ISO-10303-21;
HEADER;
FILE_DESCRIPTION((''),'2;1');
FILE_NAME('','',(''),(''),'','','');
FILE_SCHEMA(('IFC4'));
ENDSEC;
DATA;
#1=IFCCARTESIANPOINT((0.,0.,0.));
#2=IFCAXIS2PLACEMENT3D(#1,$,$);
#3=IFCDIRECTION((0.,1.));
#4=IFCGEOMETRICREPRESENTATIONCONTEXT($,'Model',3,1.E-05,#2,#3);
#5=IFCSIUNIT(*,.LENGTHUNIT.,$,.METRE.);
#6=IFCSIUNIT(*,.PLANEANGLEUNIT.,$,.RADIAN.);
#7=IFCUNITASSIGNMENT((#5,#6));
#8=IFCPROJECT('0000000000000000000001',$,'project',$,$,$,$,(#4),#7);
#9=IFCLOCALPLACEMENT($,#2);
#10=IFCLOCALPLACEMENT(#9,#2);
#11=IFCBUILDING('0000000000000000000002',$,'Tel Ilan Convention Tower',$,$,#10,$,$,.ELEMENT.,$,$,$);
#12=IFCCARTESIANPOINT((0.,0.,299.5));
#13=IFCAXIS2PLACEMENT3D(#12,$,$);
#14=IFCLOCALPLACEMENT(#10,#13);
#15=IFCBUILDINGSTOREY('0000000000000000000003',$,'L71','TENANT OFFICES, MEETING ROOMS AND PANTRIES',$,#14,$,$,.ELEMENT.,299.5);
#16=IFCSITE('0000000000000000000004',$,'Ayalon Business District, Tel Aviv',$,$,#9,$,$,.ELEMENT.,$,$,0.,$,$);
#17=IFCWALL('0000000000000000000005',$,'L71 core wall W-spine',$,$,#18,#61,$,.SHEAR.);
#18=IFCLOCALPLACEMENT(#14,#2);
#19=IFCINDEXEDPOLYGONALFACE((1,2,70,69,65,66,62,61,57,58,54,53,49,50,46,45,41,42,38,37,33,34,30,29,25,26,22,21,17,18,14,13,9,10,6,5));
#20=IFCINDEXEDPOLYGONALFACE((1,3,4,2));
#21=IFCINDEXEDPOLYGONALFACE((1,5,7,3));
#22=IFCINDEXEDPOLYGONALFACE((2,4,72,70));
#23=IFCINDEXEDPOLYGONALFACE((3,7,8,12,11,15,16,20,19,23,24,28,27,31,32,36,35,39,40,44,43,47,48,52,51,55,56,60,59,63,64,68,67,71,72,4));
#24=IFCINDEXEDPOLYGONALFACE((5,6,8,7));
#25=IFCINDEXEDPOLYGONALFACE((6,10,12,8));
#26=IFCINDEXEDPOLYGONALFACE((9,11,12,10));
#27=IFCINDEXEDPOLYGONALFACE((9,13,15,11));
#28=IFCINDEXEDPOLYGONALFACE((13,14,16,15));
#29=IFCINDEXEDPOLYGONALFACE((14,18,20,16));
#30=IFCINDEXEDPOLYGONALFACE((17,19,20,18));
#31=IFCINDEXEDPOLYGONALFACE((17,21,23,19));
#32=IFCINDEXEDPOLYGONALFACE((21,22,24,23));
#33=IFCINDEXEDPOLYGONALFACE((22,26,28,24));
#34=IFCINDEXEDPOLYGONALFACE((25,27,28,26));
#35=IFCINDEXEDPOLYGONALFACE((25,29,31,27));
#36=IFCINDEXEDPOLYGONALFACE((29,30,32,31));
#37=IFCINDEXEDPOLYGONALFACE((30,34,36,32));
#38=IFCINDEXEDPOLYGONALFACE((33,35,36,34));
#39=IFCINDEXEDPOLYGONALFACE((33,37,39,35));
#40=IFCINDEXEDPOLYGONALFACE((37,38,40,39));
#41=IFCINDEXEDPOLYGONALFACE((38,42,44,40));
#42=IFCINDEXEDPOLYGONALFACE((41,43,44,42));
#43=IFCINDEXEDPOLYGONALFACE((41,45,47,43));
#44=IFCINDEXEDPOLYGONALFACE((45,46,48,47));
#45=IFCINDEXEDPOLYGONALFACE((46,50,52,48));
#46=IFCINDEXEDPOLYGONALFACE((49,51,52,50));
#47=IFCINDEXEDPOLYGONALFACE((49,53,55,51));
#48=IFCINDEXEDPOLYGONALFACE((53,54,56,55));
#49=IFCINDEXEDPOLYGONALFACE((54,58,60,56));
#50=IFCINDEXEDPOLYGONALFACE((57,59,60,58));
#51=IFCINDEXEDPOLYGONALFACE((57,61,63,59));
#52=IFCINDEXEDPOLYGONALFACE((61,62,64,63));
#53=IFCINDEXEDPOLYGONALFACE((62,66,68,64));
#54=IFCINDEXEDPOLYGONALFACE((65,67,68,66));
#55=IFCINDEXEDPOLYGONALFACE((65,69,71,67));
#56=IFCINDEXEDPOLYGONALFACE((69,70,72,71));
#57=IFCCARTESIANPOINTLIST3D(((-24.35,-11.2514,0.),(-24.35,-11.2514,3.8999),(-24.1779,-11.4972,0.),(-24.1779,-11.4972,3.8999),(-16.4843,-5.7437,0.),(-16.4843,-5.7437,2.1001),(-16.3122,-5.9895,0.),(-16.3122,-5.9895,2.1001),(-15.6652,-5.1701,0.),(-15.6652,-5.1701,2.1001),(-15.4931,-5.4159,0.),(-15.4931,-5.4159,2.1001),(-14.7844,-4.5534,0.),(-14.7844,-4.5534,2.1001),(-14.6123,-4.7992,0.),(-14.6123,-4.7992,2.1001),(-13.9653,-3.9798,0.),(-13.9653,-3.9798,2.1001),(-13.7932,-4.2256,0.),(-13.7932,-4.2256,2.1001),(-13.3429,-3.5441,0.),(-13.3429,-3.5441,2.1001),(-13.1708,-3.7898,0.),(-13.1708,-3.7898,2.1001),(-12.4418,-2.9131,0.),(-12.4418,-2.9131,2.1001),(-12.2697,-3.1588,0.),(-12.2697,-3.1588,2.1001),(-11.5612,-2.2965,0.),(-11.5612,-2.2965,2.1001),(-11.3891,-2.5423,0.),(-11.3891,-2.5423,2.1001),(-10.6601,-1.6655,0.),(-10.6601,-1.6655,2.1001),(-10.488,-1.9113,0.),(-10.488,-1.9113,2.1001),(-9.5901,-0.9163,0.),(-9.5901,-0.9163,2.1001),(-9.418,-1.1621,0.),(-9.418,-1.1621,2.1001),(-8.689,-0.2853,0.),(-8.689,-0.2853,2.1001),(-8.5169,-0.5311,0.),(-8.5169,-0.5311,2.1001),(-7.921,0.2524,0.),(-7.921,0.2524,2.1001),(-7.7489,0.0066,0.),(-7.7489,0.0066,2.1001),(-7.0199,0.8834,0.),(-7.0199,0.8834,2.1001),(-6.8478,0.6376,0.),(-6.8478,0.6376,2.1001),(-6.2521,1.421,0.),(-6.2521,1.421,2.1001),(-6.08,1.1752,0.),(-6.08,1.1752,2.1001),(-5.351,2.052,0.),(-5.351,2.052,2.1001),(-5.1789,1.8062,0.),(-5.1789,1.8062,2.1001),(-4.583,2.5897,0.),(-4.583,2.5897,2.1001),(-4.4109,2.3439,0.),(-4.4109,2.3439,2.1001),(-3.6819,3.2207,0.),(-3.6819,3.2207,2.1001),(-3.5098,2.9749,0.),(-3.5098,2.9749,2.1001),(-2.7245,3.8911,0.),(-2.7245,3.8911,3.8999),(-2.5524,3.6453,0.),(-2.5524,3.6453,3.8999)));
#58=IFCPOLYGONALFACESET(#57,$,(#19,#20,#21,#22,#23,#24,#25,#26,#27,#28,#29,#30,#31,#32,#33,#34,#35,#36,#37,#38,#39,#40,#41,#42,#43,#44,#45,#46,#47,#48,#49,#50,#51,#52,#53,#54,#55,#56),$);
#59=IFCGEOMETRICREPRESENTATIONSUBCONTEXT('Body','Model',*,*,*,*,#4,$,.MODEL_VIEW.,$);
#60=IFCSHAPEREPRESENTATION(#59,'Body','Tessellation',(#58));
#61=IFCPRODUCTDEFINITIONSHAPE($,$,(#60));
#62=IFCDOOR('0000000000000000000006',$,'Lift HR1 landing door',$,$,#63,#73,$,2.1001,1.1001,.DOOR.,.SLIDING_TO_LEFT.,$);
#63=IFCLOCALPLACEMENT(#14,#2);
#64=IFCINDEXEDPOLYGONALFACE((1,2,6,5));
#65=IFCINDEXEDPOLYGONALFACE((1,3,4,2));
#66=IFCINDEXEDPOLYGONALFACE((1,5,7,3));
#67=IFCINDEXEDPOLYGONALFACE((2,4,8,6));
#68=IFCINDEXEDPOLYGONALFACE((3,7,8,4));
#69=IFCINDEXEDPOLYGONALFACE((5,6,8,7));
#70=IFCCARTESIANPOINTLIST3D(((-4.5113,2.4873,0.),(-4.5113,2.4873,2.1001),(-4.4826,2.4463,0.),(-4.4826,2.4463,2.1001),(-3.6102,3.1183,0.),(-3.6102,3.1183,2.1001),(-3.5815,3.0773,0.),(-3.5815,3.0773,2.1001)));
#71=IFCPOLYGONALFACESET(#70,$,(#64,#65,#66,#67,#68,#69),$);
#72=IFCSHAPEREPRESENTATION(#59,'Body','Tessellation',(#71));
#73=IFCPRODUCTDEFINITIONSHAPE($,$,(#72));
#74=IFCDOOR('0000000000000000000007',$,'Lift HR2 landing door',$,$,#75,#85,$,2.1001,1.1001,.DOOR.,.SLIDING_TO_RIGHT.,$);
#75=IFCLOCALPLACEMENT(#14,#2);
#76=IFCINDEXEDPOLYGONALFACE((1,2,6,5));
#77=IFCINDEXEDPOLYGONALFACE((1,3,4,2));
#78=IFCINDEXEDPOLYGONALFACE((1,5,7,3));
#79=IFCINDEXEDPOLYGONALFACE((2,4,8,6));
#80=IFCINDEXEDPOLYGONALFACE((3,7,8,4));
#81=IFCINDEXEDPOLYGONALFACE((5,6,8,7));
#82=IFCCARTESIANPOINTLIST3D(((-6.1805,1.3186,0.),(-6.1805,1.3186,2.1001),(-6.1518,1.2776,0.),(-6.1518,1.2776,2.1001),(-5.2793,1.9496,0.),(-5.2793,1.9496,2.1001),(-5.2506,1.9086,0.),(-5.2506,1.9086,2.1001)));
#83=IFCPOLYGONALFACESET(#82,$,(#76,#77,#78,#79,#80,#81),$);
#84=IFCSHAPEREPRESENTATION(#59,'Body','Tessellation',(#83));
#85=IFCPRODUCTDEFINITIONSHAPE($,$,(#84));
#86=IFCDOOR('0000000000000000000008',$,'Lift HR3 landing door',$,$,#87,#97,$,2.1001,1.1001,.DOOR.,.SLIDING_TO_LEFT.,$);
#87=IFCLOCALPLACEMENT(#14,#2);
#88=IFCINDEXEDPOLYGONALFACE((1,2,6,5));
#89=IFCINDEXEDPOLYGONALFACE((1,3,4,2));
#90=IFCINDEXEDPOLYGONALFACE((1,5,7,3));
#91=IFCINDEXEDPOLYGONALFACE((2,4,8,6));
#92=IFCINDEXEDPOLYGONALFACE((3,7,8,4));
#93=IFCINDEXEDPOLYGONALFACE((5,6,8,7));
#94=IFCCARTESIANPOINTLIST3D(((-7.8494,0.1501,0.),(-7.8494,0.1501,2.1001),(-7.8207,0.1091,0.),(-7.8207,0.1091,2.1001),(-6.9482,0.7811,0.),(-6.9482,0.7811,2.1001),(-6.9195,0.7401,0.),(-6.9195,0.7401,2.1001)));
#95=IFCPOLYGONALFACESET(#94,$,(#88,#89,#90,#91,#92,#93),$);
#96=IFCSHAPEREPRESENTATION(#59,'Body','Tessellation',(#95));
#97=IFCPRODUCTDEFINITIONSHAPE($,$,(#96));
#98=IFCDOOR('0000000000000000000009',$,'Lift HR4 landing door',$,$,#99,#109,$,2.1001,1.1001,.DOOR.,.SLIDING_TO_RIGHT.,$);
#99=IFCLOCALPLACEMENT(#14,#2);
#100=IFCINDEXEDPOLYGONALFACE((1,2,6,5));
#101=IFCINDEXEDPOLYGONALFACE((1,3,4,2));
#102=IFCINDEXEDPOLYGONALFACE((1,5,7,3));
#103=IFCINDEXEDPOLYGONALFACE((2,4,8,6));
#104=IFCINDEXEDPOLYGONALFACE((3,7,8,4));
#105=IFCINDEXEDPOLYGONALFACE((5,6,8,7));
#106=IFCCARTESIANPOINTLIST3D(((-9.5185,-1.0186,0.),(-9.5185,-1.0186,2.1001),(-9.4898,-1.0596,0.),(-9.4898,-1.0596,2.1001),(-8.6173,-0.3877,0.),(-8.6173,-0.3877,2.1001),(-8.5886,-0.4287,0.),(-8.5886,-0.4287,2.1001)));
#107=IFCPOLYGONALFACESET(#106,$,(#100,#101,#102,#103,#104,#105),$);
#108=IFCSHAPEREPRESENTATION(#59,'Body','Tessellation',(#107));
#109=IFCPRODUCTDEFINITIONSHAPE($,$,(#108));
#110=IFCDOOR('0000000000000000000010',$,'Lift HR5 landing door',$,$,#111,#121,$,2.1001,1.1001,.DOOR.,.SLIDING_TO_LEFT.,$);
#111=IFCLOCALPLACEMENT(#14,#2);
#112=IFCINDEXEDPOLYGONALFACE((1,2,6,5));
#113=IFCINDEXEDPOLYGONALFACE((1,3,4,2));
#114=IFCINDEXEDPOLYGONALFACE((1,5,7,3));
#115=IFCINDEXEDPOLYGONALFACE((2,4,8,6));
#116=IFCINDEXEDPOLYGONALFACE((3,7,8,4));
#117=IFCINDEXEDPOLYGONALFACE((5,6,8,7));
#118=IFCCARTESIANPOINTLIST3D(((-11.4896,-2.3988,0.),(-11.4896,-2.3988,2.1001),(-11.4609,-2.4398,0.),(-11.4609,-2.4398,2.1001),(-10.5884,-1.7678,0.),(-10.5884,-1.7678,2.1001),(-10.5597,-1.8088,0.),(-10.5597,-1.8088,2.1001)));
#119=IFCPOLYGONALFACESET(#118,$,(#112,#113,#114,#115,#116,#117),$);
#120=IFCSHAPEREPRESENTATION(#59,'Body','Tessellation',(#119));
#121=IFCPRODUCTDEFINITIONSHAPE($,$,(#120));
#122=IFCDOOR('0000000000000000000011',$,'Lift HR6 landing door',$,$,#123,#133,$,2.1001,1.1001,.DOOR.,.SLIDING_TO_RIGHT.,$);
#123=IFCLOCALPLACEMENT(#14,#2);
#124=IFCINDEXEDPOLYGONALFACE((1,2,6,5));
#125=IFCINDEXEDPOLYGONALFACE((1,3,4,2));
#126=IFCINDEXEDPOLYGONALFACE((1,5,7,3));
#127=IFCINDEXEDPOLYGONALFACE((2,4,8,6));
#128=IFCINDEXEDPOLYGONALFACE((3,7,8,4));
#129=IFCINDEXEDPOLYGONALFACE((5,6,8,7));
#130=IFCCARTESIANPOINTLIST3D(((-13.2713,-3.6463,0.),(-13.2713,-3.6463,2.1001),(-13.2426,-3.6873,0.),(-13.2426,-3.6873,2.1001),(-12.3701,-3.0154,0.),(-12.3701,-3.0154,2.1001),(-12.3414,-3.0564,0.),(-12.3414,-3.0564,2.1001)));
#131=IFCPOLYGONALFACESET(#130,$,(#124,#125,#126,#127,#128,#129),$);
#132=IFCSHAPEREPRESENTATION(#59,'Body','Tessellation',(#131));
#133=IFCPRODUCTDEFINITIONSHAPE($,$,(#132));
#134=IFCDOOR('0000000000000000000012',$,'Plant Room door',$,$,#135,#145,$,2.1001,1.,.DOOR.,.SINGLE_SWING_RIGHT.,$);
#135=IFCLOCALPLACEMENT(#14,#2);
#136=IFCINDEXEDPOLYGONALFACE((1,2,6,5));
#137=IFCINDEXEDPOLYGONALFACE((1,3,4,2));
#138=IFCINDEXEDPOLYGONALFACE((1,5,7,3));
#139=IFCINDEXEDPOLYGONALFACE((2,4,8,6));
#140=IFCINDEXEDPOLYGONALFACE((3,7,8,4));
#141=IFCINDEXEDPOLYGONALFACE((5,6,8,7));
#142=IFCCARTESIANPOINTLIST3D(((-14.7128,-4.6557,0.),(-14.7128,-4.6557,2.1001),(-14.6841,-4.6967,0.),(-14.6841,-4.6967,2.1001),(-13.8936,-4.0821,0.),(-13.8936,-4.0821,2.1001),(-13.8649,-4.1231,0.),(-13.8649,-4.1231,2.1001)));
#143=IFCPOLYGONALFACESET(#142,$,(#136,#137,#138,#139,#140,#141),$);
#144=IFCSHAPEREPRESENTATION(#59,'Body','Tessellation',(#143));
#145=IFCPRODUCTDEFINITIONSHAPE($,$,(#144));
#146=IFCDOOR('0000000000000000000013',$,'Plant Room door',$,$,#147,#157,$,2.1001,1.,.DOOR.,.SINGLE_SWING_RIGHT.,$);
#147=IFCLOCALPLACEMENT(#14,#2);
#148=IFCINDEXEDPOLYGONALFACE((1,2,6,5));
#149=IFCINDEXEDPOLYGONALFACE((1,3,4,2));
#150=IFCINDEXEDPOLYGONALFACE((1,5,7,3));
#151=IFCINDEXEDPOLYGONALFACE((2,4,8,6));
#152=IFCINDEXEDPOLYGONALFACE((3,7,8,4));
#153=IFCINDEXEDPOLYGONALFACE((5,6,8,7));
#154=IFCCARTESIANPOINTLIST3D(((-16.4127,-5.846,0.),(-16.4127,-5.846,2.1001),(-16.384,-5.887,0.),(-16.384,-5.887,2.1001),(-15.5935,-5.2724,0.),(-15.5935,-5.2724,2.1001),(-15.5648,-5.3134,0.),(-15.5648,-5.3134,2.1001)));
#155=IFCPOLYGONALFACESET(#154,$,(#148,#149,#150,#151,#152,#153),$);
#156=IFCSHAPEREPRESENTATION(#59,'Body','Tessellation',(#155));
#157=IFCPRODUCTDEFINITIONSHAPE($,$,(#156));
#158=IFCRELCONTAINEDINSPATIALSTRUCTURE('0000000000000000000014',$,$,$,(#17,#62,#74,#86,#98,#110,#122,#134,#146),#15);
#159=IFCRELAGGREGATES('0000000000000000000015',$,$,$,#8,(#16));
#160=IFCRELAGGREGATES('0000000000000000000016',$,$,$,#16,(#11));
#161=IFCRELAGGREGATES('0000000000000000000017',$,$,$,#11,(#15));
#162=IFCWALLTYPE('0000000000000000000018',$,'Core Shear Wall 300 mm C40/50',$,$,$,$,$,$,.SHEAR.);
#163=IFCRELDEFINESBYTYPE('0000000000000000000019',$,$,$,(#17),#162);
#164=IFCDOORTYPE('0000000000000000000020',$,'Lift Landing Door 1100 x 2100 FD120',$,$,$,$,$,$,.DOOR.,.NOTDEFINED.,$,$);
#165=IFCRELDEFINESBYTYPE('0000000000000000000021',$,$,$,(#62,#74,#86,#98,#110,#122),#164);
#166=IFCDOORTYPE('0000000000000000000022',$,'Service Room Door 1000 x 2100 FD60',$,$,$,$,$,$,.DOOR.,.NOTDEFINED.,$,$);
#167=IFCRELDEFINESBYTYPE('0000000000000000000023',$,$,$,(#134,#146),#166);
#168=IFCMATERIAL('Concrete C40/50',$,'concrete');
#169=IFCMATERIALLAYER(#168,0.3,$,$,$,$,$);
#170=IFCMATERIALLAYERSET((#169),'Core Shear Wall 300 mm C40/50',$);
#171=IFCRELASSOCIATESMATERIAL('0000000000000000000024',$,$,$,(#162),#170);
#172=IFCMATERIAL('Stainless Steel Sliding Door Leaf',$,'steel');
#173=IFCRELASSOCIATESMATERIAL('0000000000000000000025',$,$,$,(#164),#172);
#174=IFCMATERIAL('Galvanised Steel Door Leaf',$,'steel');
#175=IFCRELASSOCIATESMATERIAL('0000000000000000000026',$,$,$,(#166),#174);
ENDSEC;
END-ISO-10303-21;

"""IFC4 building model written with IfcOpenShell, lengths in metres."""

from ifc_helpers import new_model, si_unit, direction, frame, frame_2d, origin, place, context, subcontext, project, spatial, polyline, rectangle, outline, extrude, material, layer, layer_set, type_object, element, fill, save


model = new_model("IFC4")

# Units and contexts
model_context = context("Model", 3, precision=1e-05, world=origin(), true_north=direction((0.0, 1.0)))
body_context = subcontext(model_context, "Body", "Model", "MODEL_VIEW")
ifc_project = project(units=[si_unit("LENGTHUNIT", "METRE"), si_unit("PLANEANGLEUNIT", "RADIAN")], contexts=[model_context])

# Site, building, storey
site_placement = place(None, origin())
site = spatial("IfcSite", under=ifc_project, at=site_placement, Name="Ayalon Business District, Tel Aviv", CompositionType="ELEMENT", RefElevation=0.0)
building_placement = place(site_placement, origin())
building = spatial("IfcBuilding", under=site, at=building_placement, Name="Tel Ilan Convention Tower", CompositionType="ELEMENT")
storey_placement = place(building_placement, frame((0.0, 0.0, 299.5)))
storey = spatial("IfcBuildingStorey", under=building, at=storey_placement, Name="L71", Description="TENANT OFFICES, MEETING ROOMS AND PANTRIES", CompositionType="ELEMENT", Elevation=299.5)

# Wall, openings, doors
ifc_material_1 = material(Name="Concrete C40/50", Category="concrete")
ifc_layer_1 = layer(ifc_material_1, 0.3)
ifc_layer_set_1 = layer_set([ifc_layer_1], Name="Core Shear Wall 300 mm C40/50")
wall_type_1 = type_object("IfcWallType", Name="Core Shear Wall 300 mm C40/50", PredefinedType="SHEAR", material=ifc_layer_set_1)
wall_1_placement = place(storey_placement, frame((-2.6384, 3.7681, 0.0), z_axis=(0.0, 0.0, 1.0), x_axis=(-0.819155, -0.573572, 0.0)))
wall_1 = element("IfcWall", 1, at=wall_1_placement, inside=storey, type_object=wall_type_1, Name="L71 core wall W-spine", PredefinedType="SHEAR", context=body_context, shape_type="SweptSolid", body=[
    extrude(outline(polyline([(26.3999, 0.1501), (0.0, 0.1499), (0.0, -0.1501), (26.3999, -0.1499), (26.3999, 0.1501)])), origin(), (0.0, 0.0, 1.0), 3.8999),
])
opening_1_placement = place(wall_1_placement, frame((1.1687, 0.0, 0.0)))
opening_1 = element("IfcOpeningElement", 2, at=opening_1_placement, cuts=wall_1, PredefinedType="OPENING", context=body_context, shape_type="SweptSolid", body=[
    extrude(rectangle(XDim=1.1001, YDim=2.1001, at=frame_2d((0.55, 1.05))), frame((0.0, 0.1599, 0.0), z_axis=(0.0, -1.0, 0.0), x_axis=(1.0, 0.0, 0.0)), (0.0, 0.0, 1.0), 0.3201),
])
opening_2_placement = place(wall_1_placement, frame((3.2063, 0.0, 0.0)))
opening_2 = element("IfcOpeningElement", 3, at=opening_2_placement, cuts=wall_1, PredefinedType="OPENING", context=body_context, shape_type="SweptSolid", body=[
    extrude(rectangle(XDim=1.1001, YDim=2.1001, at=frame_2d((0.55, 1.05))), frame((0.0, 0.1599, 0.0), z_axis=(0.0, -1.0, 0.0), x_axis=(1.0, 0.0, 0.0)), (0.0, 0.0, 1.0), 0.3201),
])
opening_3_placement = place(wall_1_placement, frame((5.2437, 0.0, 0.0)))
opening_3 = element("IfcOpeningElement", 4, at=opening_3_placement, cuts=wall_1, PredefinedType="OPENING", context=body_context, shape_type="SweptSolid", body=[
    extrude(rectangle(XDim=1.1001, YDim=2.1001, at=frame_2d((0.55, 1.05))), frame((0.0, 0.1599, 0.0), z_axis=(0.0, -1.0, 0.0), x_axis=(1.0, 0.0, 0.0)), (0.0, 0.0, 1.0), 0.3201),
])
opening_4_placement = place(wall_1_placement, frame((7.2812, 0.0, 0.0)))
opening_4 = element("IfcOpeningElement", 5, at=opening_4_placement, cuts=wall_1, PredefinedType="OPENING", context=body_context, shape_type="SweptSolid", body=[
    extrude(rectangle(XDim=1.1001, YDim=2.1001, at=frame_2d((0.55, 1.05))), frame((0.0, 0.1599, 0.0), z_axis=(0.0, -1.0, 0.0), x_axis=(1.0, 0.0, 0.0)), (0.0, 0.0, 1.0), 0.3201),
])
opening_5_placement = place(wall_1_placement, frame((9.6875, 0.0, 0.0)))
opening_5 = element("IfcOpeningElement", 6, at=opening_5_placement, cuts=wall_1, PredefinedType="OPENING", context=body_context, shape_type="SweptSolid", body=[
    extrude(rectangle(XDim=1.1001, YDim=2.1001, at=frame_2d((0.55, 1.05))), frame((0.0, 0.1599, 0.0), z_axis=(0.0, -1.0, 0.0), x_axis=(1.0, 0.0, 0.0)), (0.0, 0.0, 1.0), 0.3201),
])
opening_6_placement = place(wall_1_placement, frame((11.8625, 0.0, 0.0)))
opening_6 = element("IfcOpeningElement", 7, at=opening_6_placement, cuts=wall_1, PredefinedType="OPENING", context=body_context, shape_type="SweptSolid", body=[
    extrude(rectangle(XDim=1.1001, YDim=2.1001, at=frame_2d((0.55, 1.05))), frame((0.0, 0.1599, 0.0), z_axis=(0.0, -1.0, 0.0), x_axis=(1.0, 0.0, 0.0)), (0.0, 0.0, 1.0), 0.3201),
])
opening_7_placement = place(wall_1_placement, frame((13.7224, 0.0, 0.0)))
opening_7 = element("IfcOpeningElement", 8, at=opening_7_placement, cuts=wall_1, PredefinedType="OPENING", context=body_context, shape_type="SweptSolid", body=[
    extrude(rectangle(XDim=1.0, YDim=2.1001, at=frame_2d((0.5, 1.05))), frame((0.0, 0.1599, 0.0), z_axis=(0.0, -1.0, 0.0), x_axis=(1.0, 0.0, 0.0)), (0.0, 0.0, 1.0), 0.3201),
])
opening_8_placement = place(wall_1_placement, frame((15.7976, 0.0, 0.0)))
opening_8 = element("IfcOpeningElement", 9, at=opening_8_placement, cuts=wall_1, PredefinedType="OPENING", context=body_context, shape_type="SweptSolid", body=[
    extrude(rectangle(XDim=1.0, YDim=2.1001, at=frame_2d((0.5, 1.05))), frame((0.0, 0.1599, 0.0), z_axis=(0.0, -1.0, 0.0), x_axis=(1.0, 0.0, 0.0)), (0.0, 0.0, 1.0), 0.3201),
])
ifc_material_2 = material(Name="Stainless Steel Sliding Door Leaf", Category="steel")
door_type_1 = type_object("IfcDoorType", Name="Lift Landing Door 1100 x 2100 FD120", OperationType="NOTDEFINED", PredefinedType="DOOR", material=ifc_material_2)
door_1_placement = place(opening_1_placement, origin())
door_1 = element("IfcDoor", 10, at=door_1_placement, inside=storey, type_object=door_type_1, Name="Lift HR1 landing door", OperationType="SLIDING_TO_LEFT", OverallHeight=2.1001, OverallWidth=1.1001, PredefinedType="DOOR", context=body_context, shape_type="SweptSolid", body=[
    extrude(rectangle(XDim=1.1001, YDim=2.1001, at=frame_2d((0.55, 1.05))), frame((0.0, 0.0249, 0.0), z_axis=(0.0, -1.0, 0.0), x_axis=(1.0, 0.0, 0.0)), (0.0, 0.0, 1.0), 0.05),
])
fill(opening_1, door_1)
door_2_placement = place(opening_2_placement, origin())
door_2 = element("IfcDoor", 11, at=door_2_placement, inside=storey, type_object=door_type_1, Name="Lift HR2 landing door", OperationType="SLIDING_TO_RIGHT", OverallHeight=2.1001, OverallWidth=1.1001, PredefinedType="DOOR", context=body_context, shape_type="SweptSolid", body=[
    extrude(rectangle(XDim=1.1001, YDim=2.1001, at=frame_2d((0.55, 1.05))), frame((0.0, 0.0249, 0.0), z_axis=(0.0, -1.0, 0.0), x_axis=(1.0, 0.0, 0.0)), (0.0, 0.0, 1.0), 0.05),
])
fill(opening_2, door_2)
door_3_placement = place(opening_3_placement, origin())
door_3 = element("IfcDoor", 12, at=door_3_placement, inside=storey, type_object=door_type_1, Name="Lift HR3 landing door", OperationType="SLIDING_TO_LEFT", OverallHeight=2.1001, OverallWidth=1.1001, PredefinedType="DOOR", context=body_context, shape_type="SweptSolid", body=[
    extrude(rectangle(XDim=1.1001, YDim=2.1001, at=frame_2d((0.55, 1.05))), frame((0.0, 0.0249, 0.0), z_axis=(0.0, -1.0, 0.0), x_axis=(1.0, 0.0, 0.0)), (0.0, 0.0, 1.0), 0.05),
])
fill(opening_3, door_3)
door_4_placement = place(opening_4_placement, origin())
door_4 = element("IfcDoor", 13, at=door_4_placement, inside=storey, type_object=door_type_1, Name="Lift HR4 landing door", OperationType="SLIDING_TO_RIGHT", OverallHeight=2.1001, OverallWidth=1.1001, PredefinedType="DOOR", context=body_context, shape_type="SweptSolid", body=[
    extrude(rectangle(XDim=1.1001, YDim=2.1001, at=frame_2d((0.55, 1.05))), frame((0.0, 0.0249, 0.0), z_axis=(0.0, -1.0, 0.0), x_axis=(1.0, 0.0, 0.0)), (0.0, 0.0, 1.0), 0.05),
])
fill(opening_4, door_4)
door_5_placement = place(opening_5_placement, origin())
door_5 = element("IfcDoor", 14, at=door_5_placement, inside=storey, type_object=door_type_1, Name="Lift HR5 landing door", OperationType="SLIDING_TO_LEFT", OverallHeight=2.1001, OverallWidth=1.1001, PredefinedType="DOOR", context=body_context, shape_type="SweptSolid", body=[
    extrude(rectangle(XDim=1.1001, YDim=2.1001, at=frame_2d((0.55, 1.05))), frame((0.0, 0.0249, 0.0), z_axis=(0.0, -1.0, 0.0), x_axis=(1.0, 0.0, 0.0)), (0.0, 0.0, 1.0), 0.05),
])
fill(opening_5, door_5)
door_6_placement = place(opening_6_placement, origin())
door_6 = element("IfcDoor", 15, at=door_6_placement, inside=storey, type_object=door_type_1, Name="Lift HR6 landing door", OperationType="SLIDING_TO_RIGHT", OverallHeight=2.1001, OverallWidth=1.1001, PredefinedType="DOOR", context=body_context, shape_type="SweptSolid", body=[
    extrude(rectangle(XDim=1.1001, YDim=2.1001, at=frame_2d((0.55, 1.05))), frame((0.0, 0.0249, 0.0), z_axis=(0.0, -1.0, 0.0), x_axis=(1.0, 0.0, 0.0)), (0.0, 0.0, 1.0), 0.05),
])
fill(opening_6, door_6)
ifc_material_3 = material(Name="Galvanised Steel Door Leaf", Category="steel")
door_type_2 = type_object("IfcDoorType", Name="Service Room Door 1000 x 2100 FD60", OperationType="NOTDEFINED", PredefinedType="DOOR", material=ifc_material_3)
door_7_placement = place(opening_7_placement, origin())
door_7 = element("IfcDoor", 16, at=door_7_placement, inside=storey, type_object=door_type_2, Name="Plant Room door", OperationType="SINGLE_SWING_RIGHT", OverallHeight=2.1001, OverallWidth=1.0, PredefinedType="DOOR", context=body_context, shape_type="SweptSolid", body=[
    extrude(rectangle(XDim=1.0, YDim=2.1001, at=frame_2d((0.5, 1.05))), frame((0.0, 0.0249, 0.0), z_axis=(0.0, -1.0, 0.0), x_axis=(1.0, 0.0, 0.0)), (0.0, 0.0, 1.0), 0.05),
])
fill(opening_7, door_7)
door_8_placement = place(opening_8_placement, origin())
door_8 = element("IfcDoor", 17, at=door_8_placement, inside=storey, type_object=door_type_2, Name="Plant Room door", OperationType="SINGLE_SWING_RIGHT", OverallHeight=2.1001, OverallWidth=1.0, PredefinedType="DOOR", context=body_context, shape_type="SweptSolid", body=[
    extrude(rectangle(XDim=1.0, YDim=2.1001, at=frame_2d((0.5, 1.05))), frame((0.0, 0.0249, 0.0), z_axis=(0.0, -1.0, 0.0), x_axis=(1.0, 0.0, 0.0)), (0.0, 0.0, 1.0), 0.05),
])
fill(opening_8, door_8)

save(model, "model.ifc")
